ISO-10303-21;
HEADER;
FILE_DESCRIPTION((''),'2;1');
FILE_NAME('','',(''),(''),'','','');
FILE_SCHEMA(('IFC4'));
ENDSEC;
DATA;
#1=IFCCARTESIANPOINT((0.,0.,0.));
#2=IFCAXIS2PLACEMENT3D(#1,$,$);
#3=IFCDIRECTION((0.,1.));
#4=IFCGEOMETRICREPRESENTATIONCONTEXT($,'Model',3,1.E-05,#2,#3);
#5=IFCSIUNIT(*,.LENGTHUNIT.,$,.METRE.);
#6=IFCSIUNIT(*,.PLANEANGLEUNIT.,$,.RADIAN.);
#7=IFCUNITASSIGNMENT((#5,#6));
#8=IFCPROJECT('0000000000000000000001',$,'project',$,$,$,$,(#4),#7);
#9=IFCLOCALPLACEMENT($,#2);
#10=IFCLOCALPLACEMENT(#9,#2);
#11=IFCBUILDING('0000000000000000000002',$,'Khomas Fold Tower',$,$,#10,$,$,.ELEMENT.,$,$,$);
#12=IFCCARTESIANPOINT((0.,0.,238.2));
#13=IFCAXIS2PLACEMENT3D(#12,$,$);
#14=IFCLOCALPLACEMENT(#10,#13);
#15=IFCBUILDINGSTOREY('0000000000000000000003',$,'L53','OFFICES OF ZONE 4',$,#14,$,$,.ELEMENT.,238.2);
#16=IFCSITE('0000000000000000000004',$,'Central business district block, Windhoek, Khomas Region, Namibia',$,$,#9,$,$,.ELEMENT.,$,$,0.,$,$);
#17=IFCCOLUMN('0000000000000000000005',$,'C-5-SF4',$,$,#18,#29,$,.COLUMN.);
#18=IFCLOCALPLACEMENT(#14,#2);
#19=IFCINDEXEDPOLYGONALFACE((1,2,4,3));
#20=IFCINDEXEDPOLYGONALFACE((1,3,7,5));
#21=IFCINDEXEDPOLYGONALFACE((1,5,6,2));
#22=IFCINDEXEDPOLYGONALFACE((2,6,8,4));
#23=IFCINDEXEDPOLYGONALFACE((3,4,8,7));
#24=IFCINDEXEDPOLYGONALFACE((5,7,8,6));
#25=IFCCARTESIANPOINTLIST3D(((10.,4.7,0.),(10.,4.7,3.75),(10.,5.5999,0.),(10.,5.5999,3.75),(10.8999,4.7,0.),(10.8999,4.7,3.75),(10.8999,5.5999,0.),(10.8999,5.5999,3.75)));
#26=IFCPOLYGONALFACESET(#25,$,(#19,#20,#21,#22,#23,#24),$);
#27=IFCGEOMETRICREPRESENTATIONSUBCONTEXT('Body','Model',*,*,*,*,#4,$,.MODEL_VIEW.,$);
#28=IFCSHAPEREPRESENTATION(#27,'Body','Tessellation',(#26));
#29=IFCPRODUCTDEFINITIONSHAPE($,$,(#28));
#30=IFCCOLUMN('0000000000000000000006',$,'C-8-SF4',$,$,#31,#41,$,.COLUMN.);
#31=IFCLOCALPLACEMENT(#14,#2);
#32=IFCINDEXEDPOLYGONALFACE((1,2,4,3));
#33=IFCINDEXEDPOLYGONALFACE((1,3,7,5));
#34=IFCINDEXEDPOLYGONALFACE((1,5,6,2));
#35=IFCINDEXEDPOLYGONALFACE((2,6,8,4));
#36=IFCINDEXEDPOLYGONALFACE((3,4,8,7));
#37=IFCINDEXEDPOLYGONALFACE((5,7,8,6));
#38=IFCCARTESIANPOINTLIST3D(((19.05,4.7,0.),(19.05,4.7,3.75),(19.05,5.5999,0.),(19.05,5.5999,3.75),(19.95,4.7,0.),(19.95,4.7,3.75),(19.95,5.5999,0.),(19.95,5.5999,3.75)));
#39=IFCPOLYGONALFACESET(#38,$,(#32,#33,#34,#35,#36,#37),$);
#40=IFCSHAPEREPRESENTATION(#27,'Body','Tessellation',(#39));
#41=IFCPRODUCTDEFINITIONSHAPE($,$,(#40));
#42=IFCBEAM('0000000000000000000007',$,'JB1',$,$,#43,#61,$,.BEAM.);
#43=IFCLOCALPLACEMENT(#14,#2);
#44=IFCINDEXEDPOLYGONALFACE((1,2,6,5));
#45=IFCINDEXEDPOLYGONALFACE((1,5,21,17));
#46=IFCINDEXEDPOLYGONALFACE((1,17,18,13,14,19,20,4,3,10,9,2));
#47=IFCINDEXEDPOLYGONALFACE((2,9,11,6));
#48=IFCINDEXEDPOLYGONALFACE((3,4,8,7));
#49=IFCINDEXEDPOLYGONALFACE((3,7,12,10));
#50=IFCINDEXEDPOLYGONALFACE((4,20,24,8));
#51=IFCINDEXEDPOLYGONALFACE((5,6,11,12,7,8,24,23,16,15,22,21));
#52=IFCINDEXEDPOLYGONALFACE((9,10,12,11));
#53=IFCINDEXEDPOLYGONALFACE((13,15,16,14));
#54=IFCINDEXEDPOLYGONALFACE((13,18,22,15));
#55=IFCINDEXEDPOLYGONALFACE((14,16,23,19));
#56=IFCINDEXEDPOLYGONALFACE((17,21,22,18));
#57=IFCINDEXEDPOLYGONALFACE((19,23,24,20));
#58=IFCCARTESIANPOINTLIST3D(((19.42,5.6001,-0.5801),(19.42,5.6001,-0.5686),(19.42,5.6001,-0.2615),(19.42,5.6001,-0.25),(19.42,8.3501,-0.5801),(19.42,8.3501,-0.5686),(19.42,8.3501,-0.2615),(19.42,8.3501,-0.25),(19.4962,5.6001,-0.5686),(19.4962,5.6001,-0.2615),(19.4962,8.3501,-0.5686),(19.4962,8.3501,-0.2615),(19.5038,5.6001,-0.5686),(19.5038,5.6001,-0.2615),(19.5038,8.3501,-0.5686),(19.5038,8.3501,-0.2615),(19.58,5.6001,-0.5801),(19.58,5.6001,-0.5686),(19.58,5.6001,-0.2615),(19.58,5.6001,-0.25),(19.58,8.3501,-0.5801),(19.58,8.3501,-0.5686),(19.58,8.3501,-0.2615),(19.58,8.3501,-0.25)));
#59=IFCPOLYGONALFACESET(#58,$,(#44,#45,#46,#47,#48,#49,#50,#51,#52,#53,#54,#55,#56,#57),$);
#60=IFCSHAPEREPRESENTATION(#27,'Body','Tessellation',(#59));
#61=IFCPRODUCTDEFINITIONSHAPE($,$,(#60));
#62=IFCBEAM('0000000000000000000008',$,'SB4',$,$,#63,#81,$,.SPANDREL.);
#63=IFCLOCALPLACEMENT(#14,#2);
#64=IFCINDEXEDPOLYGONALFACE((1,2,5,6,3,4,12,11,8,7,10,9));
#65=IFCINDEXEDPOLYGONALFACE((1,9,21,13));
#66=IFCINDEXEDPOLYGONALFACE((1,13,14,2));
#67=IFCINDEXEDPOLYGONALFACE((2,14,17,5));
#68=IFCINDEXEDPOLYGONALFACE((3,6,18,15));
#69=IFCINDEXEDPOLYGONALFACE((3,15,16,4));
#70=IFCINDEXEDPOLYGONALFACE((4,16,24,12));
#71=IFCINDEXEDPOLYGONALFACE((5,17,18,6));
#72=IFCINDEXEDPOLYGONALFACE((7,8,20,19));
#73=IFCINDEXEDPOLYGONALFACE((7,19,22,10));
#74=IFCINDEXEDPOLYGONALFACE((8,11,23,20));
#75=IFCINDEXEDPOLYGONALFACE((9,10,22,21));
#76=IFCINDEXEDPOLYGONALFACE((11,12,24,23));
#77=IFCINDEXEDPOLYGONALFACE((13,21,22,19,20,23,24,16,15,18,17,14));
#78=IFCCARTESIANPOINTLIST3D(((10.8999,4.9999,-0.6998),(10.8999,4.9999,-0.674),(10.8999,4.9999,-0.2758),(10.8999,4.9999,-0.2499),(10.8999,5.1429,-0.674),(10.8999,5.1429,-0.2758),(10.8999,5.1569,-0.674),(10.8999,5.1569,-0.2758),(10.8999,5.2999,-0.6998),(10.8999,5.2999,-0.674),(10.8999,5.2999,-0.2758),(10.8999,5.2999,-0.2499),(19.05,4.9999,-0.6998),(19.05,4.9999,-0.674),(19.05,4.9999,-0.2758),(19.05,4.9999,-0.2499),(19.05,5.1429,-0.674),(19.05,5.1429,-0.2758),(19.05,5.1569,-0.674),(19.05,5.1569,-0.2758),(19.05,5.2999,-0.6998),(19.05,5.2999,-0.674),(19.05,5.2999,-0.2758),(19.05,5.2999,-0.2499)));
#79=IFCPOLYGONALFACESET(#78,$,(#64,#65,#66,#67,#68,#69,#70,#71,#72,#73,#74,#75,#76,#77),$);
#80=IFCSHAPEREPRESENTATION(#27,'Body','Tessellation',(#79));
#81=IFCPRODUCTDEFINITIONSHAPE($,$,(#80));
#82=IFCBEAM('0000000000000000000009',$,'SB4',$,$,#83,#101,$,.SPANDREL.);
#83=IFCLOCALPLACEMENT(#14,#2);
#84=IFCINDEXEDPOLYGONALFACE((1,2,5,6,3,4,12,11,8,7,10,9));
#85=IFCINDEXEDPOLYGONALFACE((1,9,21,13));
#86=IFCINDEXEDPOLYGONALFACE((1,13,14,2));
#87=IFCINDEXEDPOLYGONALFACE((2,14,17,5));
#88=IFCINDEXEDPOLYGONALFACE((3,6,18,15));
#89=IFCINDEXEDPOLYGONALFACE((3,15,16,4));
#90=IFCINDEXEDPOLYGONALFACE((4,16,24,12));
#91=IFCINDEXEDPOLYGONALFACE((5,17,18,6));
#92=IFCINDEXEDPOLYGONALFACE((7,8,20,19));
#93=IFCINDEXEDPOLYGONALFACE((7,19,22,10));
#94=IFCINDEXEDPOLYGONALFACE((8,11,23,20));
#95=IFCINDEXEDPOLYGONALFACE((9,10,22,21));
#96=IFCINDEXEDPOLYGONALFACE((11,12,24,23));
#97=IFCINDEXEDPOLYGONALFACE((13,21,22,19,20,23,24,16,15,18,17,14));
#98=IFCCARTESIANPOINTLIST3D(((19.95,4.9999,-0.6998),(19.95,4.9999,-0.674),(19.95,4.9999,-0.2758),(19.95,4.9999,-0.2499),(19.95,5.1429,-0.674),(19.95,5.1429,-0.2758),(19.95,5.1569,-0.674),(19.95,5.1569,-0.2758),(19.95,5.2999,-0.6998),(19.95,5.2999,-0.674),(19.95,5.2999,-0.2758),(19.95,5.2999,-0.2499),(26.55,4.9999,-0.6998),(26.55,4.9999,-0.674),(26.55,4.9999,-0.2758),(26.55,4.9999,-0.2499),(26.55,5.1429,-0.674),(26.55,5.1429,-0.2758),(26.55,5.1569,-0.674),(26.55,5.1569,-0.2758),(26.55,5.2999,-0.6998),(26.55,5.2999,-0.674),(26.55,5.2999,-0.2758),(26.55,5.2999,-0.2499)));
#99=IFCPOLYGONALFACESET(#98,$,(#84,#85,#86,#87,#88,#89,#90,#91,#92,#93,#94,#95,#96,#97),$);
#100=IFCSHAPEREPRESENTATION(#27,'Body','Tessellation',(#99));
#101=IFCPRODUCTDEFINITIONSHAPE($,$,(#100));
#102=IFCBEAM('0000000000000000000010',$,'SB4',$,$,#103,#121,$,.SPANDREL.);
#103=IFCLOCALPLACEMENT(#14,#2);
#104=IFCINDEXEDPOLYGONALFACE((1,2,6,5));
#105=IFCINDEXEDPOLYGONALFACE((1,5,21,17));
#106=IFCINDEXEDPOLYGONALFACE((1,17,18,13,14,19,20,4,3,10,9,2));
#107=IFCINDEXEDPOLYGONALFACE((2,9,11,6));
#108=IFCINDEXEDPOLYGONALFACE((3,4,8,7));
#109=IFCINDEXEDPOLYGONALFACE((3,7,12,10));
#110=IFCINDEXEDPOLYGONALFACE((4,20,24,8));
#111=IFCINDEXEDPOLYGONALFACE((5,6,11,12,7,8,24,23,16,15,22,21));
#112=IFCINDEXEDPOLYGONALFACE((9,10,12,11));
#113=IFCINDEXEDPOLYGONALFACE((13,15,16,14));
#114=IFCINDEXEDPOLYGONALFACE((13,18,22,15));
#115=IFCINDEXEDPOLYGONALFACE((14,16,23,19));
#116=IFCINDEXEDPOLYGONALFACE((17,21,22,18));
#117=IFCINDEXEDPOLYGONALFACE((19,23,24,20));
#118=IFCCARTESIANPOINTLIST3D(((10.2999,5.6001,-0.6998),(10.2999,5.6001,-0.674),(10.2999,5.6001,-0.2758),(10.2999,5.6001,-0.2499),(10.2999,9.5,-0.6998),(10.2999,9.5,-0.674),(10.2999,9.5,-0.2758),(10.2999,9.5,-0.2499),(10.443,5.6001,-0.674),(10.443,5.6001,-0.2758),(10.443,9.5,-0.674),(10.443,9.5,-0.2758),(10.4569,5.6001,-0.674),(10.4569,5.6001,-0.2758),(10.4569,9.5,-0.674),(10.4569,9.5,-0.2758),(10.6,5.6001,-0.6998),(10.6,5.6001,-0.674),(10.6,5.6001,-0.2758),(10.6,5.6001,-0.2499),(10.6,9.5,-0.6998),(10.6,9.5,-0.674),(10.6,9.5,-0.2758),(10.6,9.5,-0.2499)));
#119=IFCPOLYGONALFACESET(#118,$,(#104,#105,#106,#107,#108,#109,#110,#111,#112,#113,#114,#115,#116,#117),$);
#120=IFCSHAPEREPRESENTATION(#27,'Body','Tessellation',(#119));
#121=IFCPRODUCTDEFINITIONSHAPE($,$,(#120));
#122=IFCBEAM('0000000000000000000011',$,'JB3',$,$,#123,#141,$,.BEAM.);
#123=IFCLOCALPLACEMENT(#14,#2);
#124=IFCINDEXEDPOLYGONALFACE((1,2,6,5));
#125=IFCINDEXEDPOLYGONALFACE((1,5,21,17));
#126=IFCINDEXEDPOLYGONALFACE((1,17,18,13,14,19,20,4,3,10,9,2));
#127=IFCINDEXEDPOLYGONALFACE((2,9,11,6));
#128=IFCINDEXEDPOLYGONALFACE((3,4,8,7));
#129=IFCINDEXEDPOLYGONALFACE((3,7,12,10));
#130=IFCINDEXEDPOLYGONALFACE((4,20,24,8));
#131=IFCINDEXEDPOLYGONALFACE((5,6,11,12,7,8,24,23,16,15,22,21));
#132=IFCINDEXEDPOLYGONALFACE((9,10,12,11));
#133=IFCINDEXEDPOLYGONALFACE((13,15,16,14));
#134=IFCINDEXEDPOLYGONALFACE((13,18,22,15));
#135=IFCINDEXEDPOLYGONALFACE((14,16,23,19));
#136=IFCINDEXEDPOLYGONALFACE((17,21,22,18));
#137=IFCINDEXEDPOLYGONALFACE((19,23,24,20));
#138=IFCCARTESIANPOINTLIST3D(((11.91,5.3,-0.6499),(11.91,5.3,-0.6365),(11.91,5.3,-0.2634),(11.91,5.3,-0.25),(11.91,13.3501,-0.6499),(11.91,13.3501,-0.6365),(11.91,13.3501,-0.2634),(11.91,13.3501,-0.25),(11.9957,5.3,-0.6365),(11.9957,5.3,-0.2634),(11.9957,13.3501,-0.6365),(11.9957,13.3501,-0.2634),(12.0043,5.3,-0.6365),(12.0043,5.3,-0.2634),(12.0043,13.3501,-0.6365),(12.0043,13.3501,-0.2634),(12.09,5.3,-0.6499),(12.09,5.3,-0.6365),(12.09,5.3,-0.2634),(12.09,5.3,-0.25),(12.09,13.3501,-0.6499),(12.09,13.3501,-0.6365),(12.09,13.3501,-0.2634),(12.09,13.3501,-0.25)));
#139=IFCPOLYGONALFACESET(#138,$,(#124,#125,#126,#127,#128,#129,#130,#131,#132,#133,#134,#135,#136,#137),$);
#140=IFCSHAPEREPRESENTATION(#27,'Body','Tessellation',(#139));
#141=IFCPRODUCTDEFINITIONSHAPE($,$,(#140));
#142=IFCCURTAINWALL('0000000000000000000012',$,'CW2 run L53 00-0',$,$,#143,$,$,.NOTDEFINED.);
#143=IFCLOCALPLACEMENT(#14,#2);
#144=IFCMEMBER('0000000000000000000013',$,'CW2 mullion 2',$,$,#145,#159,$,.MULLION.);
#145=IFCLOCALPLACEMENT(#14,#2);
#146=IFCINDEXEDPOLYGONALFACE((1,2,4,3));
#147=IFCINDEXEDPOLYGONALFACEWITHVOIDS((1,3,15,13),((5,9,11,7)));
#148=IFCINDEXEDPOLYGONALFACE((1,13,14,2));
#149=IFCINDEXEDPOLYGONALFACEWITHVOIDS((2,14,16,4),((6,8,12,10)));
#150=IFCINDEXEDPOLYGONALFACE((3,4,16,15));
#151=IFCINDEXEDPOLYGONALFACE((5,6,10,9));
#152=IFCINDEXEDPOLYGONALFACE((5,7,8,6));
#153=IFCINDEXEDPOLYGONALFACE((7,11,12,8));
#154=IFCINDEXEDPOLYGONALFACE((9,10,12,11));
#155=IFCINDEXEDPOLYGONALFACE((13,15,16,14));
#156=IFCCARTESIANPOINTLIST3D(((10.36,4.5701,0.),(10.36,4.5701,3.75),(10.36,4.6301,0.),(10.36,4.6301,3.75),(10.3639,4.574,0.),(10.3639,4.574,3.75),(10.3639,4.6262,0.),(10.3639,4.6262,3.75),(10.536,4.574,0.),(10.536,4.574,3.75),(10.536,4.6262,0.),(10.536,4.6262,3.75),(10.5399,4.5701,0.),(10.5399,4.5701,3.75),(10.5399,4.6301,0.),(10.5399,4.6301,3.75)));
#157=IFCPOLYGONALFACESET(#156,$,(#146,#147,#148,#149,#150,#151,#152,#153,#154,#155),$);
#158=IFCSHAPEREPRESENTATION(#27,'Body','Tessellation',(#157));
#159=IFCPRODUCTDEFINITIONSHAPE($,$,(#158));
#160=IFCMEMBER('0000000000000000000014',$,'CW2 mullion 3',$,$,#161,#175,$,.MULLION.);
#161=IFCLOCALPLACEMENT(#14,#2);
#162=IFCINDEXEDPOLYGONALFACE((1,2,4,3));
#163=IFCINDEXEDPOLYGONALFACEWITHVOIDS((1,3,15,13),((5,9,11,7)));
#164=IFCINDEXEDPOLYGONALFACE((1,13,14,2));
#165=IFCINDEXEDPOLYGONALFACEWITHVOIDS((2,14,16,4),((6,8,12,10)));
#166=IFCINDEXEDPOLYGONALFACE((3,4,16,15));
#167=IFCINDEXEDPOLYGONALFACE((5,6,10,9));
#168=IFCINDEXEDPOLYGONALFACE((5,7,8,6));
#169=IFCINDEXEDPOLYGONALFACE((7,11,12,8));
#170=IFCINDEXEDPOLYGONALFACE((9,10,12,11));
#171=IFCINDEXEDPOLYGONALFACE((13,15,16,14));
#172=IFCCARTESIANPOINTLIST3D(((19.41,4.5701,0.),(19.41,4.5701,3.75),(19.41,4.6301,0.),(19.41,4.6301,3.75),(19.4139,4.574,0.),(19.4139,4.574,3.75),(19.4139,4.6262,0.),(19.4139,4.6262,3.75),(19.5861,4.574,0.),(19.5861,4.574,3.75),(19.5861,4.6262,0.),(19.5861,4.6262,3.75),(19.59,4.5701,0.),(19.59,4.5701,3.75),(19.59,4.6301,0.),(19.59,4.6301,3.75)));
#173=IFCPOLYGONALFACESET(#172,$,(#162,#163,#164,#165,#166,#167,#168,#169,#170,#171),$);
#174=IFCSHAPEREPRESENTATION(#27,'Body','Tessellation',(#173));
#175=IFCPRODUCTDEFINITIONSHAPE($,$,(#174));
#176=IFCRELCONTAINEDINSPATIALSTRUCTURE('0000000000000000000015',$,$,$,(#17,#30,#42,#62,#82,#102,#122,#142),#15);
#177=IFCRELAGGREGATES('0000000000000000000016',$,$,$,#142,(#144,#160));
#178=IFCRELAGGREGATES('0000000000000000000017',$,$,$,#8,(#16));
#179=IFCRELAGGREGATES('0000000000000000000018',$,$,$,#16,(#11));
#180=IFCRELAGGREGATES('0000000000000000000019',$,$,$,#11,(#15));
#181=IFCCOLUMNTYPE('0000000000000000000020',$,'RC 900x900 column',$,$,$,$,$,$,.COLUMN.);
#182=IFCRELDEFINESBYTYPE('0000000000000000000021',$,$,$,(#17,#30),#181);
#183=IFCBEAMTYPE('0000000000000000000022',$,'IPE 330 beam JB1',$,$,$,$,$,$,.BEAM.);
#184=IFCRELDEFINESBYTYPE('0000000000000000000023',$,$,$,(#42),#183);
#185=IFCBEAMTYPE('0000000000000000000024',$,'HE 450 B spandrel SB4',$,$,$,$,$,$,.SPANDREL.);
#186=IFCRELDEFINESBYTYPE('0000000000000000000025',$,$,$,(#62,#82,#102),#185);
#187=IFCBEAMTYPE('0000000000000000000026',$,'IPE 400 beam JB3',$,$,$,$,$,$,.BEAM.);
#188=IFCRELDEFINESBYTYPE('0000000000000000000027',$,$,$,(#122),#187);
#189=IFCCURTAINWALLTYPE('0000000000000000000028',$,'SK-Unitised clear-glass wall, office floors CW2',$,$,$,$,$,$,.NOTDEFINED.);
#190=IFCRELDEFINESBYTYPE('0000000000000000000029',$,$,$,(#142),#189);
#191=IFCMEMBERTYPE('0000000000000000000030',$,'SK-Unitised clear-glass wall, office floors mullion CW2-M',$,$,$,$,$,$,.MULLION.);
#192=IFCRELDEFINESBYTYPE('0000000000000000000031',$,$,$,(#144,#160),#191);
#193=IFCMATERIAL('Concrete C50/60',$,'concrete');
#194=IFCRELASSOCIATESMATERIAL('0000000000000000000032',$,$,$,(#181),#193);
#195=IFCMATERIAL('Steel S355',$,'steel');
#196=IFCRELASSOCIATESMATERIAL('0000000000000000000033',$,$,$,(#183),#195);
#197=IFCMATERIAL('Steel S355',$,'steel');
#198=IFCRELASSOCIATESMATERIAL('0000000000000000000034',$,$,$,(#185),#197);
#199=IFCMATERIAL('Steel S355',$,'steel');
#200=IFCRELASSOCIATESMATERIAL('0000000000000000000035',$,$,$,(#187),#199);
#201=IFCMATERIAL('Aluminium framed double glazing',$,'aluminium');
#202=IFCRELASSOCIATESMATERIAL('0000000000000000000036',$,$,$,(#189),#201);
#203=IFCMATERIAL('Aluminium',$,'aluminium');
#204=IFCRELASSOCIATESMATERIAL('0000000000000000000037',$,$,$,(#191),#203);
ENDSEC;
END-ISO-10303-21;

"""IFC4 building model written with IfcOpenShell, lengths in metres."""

from ifc_helpers import new_model, si_unit, direction, frame, origin, origin_2d, place, context, subcontext, project, spatial, rectangle, hollow_rectangle, i_section, extrude, source, transform, mapped, material, material_profile, profile_set, type_object, element, aggregate, save


model = new_model("IFC4")

# Units and contexts
model_context = context("Model", 3, precision=1e-05, world=origin(), true_north=direction((0.0, 1.0)))
body_context = subcontext(model_context, "Body", "Model", "MODEL_VIEW")
ifc_project = project(units=[si_unit("LENGTHUNIT", "METRE"), si_unit("PLANEANGLEUNIT", "RADIAN")], contexts=[model_context])

# Site, building, storey
site_placement = place(None, origin())
site = spatial("IfcSite", under=ifc_project, at=site_placement, Name="Central business district block, Windhoek, Khomas Region, Namibia", CompositionType="ELEMENT", RefElevation=0.0)
building_placement = place(site_placement, origin())
building = spatial("IfcBuilding", under=site, at=building_placement, Name="Khomas Fold Tower", CompositionType="ELEMENT")
storey_placement = place(building_placement, frame((0.0, 0.0, 238.2)))
storey = spatial("IfcBuildingStorey", under=building, at=storey_placement, Name="L53", Description="OFFICES OF ZONE 4", CompositionType="ELEMENT", Elevation=238.2)

# Columns
ifc_material_1 = material(Name="Concrete C50/60", Category="concrete")
ifc_material_profile_1 = material_profile(ifc_material_1, rectangle(XDim=0.8999, YDim=0.8999, at=origin_2d()), Name="RC 900x900")
ifc_profile_set_1 = profile_set([ifc_material_profile_1], Name="Concrete C50/60")
column_type = type_object("IfcColumnType", Name="RC 900x900 column", PredefinedType="COLUMN", material=ifc_profile_set_1)
shared_shape_1 = source(origin(), body_context, "Body", "SweptSolid", [
    extrude(rectangle(XDim=0.8999, YDim=0.8999, at=origin_2d()), origin(), (0.0, 0.0, 1.0), 3.75),
])
for number, where, z_axis, x_axis, name in (
    (1, (10.45, 5.1499, 0.0), (0.0, 0.0, 1.0), (1.0, 0.0, 0.0), "C-5-SF4"),
    (2, (19.5, 5.1499, 0.0), (0.0, 0.0, 1.0), (1.0, 0.0, 0.0), "C-8-SF4"),
):
    element("IfcColumn", number, at=place(storey_placement, frame(where, z_axis=z_axis, x_axis=x_axis)), inside=storey, type_object=column_type, Name=name, PredefinedType="COLUMN", context=body_context, shape_type="MappedRepresentation", body=[
        mapped(shared_shape_1, transform((0.0, 0.0, 0.0))),
    ])

# Beams
ifc_material_2 = material(Name="Steel S355", Category="steel")
ifc_material_profile_2 = material_profile(ifc_material_2, i_section(OverallWidth=0.1599, OverallDepth=0.3301, WebThickness=0.0076, FlangeThickness=0.0115, at=origin_2d()), Name="IPE 330")
ifc_profile_set_2 = profile_set([ifc_material_profile_2], Name="Steel S355")
beam_type_1 = type_object("IfcBeamType", Name="IPE 330 beam JB1", PredefinedType="BEAM", material=ifc_profile_set_2)
shared_shape_2 = source(origin(), body_context, "Body", "SweptSolid", [
    extrude(i_section(OverallWidth=0.1599, OverallDepth=0.3301, WebThickness=0.0076, FlangeThickness=0.0115, at=origin_2d()), origin(), (0.0, 0.0, 1.0), 2.75),
])
beam_1_placement = place(storey_placement, frame((19.5, 5.6001, -0.415), z_axis=(0.0, 1.0, 0.0), x_axis=(-1.0, 0.0, 0.0)))
element("IfcBeam", 3, at=beam_1_placement, inside=storey, type_object=beam_type_1, Name="JB1", PredefinedType="BEAM", context=body_context, shape_type="MappedRepresentation", body=[
    mapped(shared_shape_2, transform((0.0, 0.0, 0.0))),
])
ifc_material_3 = material(Name="Steel S355", Category="steel")
ifc_material_profile_3 = material_profile(ifc_material_3, i_section(OverallWidth=0.3, OverallDepth=0.45, WebThickness=0.0139, FlangeThickness=0.0259, at=origin_2d()), Name="HE 450 B")
ifc_profile_set_3 = profile_set([ifc_material_profile_3], Name="Steel S355")
beam_type_2 = type_object("IfcBeamType", Name="HE 450 B spandrel SB4", PredefinedType="SPANDREL", material=ifc_profile_set_3)
shared_shape_3 = source(origin(), body_context, "Body", "SweptSolid", [
    extrude(i_section(OverallWidth=0.3, OverallDepth=0.45, WebThickness=0.0139, FlangeThickness=0.0259, at=origin_2d()), origin(), (0.0, 0.0, 1.0), 8.1501),
])
beam_2_placement = place(storey_placement, frame((10.8999, 5.1499, -0.4749), z_axis=(1.0, 0.0, 0.0), x_axis=(0.0, 1.0, 0.0)))
element("IfcBeam", 4, at=beam_2_placement, inside=storey, type_object=beam_type_2, Name="SB4", PredefinedType="SPANDREL", context=body_context, shape_type="MappedRepresentation", body=[
    mapped(shared_shape_3, transform((0.0, 0.0, 0.0))),
])
shared_shape_4 = source(origin(), body_context, "Body", "SweptSolid", [
    extrude(i_section(OverallWidth=0.3, OverallDepth=0.45, WebThickness=0.0139, FlangeThickness=0.0259, at=origin_2d()), origin(), (0.0, 0.0, 1.0), 6.6001),
])
beam_3_placement = place(storey_placement, frame((19.95, 5.1499, -0.4749), z_axis=(1.0, 0.0, 0.0), x_axis=(0.0, 1.0, 0.0)))
element("IfcBeam", 5, at=beam_3_placement, inside=storey, type_object=beam_type_2, Name="SB4", PredefinedType="SPANDREL", context=body_context, shape_type="MappedRepresentation", body=[
    mapped(shared_shape_4, transform((0.0, 0.0, 0.0))),
])
shared_shape_5 = source(origin(), body_context, "Body", "SweptSolid", [
    extrude(i_section(OverallWidth=0.3, OverallDepth=0.45, WebThickness=0.0139, FlangeThickness=0.0259, at=origin_2d()), origin(), (0.0, 0.0, 1.0), 3.8999),
])
beam_4_placement = place(storey_placement, frame((10.45, 5.6001, -0.4749), z_axis=(0.0, 1.0, 0.0), x_axis=(-1.0, 0.0, 0.0)))
element("IfcBeam", 6, at=beam_4_placement, inside=storey, type_object=beam_type_2, Name="SB4", PredefinedType="SPANDREL", context=body_context, shape_type="MappedRepresentation", body=[
    mapped(shared_shape_5, transform((0.0, 0.0, 0.0))),
])
ifc_material_4 = material(Name="Steel S355", Category="steel")
ifc_material_profile_4 = material_profile(ifc_material_4, i_section(OverallWidth=0.1799, OverallDepth=0.3999, WebThickness=0.0085, FlangeThickness=0.0134, at=origin_2d()), Name="IPE 400")
ifc_profile_set_4 = profile_set([ifc_material_profile_4], Name="Steel S355")
beam_type_3 = type_object("IfcBeamType", Name="IPE 400 beam JB3", PredefinedType="BEAM", material=ifc_profile_set_4)
shared_shape_6 = source(origin(), body_context, "Body", "SweptSolid", [
    extrude(i_section(OverallWidth=0.1799, OverallDepth=0.3999, WebThickness=0.0085, FlangeThickness=0.0134, at=origin_2d()), origin(), (0.0, 0.0, 1.0), 8.05),
])
beam_5_placement = place(storey_placement, frame((12.0, 5.3, -0.45), z_axis=(0.0, 1.0, 0.0), x_axis=(-1.0, 0.0, 0.0)))
element("IfcBeam", 7, at=beam_5_placement, inside=storey, type_object=beam_type_3, Name="JB3", PredefinedType="BEAM", context=body_context, shape_type="MappedRepresentation", body=[
    mapped(shared_shape_6, transform((0.0, 0.0, 0.0))),
])

# Curtain wall, members
ifc_material_5 = material(Name="Aluminium framed double glazing", Category="aluminium")
curtain_wall_type = type_object("IfcCurtainWallType", Name="SK-Unitised clear-glass wall, office floors CW2", PredefinedType="NOTDEFINED", material=ifc_material_5)
curtain_wall_placement = place(storey_placement, origin())
curtain_wall = element("IfcCurtainWall", 8, at=curtain_wall_placement, inside=storey, type_object=curtain_wall_type, Name="CW2 run L53 00-0", PredefinedType="NOTDEFINED")
ifc_material_6 = material(Name="Aluminium", Category="aluminium")
ifc_material_profile_5 = material_profile(ifc_material_6, hollow_rectangle(XDim=0.0601, YDim=0.1799, WallThickness=0.0039, at=origin_2d()), Name="SK-Unitised clear-glass wall, office floors mullion CW2-M")
ifc_profile_set_5 = profile_set([ifc_material_profile_5], Name="Aluminium")
member_type_1 = type_object("IfcMemberType", Name="SK-Unitised clear-glass wall, office floors mullion CW2-M", PredefinedType="MULLION", material=ifc_profile_set_5)
shared_shape_7 = source(origin(), body_context, "Body", "SweptSolid", [
    extrude(hollow_rectangle(XDim=0.0601, YDim=0.1799, WallThickness=0.0039, at=origin_2d()), origin(), (0.0, 0.0, 1.0), 3.75),
])
member_1_placement = place(storey_placement, frame((10.45, 4.6001, 0.0), z_axis=(0.0, 0.0, 1.0), x_axis=(0.0, 1.0, 0.0)))
member_1 = element("IfcMember", 9, at=member_1_placement, type_object=member_type_1, Name="CW2 mullion 2", PredefinedType="MULLION", context=body_context, shape_type="MappedRepresentation", body=[
    mapped(shared_shape_7, transform((0.0, 0.0, 0.0))),
])
member_2_placement = place(storey_placement, frame((19.5, 4.6001, 0.0), z_axis=(0.0, 0.0, 1.0), x_axis=(0.0, 1.0, 0.0)))
member_2 = element("IfcMember", 10, at=member_2_placement, type_object=member_type_1, Name="CW2 mullion 3", PredefinedType="MULLION", context=body_context, shape_type="MappedRepresentation", body=[
    mapped(shared_shape_7, transform((0.0, 0.0, 0.0))),
])
aggregate(curtain_wall, [member_1, member_2])

save(model, "model.ifc")
